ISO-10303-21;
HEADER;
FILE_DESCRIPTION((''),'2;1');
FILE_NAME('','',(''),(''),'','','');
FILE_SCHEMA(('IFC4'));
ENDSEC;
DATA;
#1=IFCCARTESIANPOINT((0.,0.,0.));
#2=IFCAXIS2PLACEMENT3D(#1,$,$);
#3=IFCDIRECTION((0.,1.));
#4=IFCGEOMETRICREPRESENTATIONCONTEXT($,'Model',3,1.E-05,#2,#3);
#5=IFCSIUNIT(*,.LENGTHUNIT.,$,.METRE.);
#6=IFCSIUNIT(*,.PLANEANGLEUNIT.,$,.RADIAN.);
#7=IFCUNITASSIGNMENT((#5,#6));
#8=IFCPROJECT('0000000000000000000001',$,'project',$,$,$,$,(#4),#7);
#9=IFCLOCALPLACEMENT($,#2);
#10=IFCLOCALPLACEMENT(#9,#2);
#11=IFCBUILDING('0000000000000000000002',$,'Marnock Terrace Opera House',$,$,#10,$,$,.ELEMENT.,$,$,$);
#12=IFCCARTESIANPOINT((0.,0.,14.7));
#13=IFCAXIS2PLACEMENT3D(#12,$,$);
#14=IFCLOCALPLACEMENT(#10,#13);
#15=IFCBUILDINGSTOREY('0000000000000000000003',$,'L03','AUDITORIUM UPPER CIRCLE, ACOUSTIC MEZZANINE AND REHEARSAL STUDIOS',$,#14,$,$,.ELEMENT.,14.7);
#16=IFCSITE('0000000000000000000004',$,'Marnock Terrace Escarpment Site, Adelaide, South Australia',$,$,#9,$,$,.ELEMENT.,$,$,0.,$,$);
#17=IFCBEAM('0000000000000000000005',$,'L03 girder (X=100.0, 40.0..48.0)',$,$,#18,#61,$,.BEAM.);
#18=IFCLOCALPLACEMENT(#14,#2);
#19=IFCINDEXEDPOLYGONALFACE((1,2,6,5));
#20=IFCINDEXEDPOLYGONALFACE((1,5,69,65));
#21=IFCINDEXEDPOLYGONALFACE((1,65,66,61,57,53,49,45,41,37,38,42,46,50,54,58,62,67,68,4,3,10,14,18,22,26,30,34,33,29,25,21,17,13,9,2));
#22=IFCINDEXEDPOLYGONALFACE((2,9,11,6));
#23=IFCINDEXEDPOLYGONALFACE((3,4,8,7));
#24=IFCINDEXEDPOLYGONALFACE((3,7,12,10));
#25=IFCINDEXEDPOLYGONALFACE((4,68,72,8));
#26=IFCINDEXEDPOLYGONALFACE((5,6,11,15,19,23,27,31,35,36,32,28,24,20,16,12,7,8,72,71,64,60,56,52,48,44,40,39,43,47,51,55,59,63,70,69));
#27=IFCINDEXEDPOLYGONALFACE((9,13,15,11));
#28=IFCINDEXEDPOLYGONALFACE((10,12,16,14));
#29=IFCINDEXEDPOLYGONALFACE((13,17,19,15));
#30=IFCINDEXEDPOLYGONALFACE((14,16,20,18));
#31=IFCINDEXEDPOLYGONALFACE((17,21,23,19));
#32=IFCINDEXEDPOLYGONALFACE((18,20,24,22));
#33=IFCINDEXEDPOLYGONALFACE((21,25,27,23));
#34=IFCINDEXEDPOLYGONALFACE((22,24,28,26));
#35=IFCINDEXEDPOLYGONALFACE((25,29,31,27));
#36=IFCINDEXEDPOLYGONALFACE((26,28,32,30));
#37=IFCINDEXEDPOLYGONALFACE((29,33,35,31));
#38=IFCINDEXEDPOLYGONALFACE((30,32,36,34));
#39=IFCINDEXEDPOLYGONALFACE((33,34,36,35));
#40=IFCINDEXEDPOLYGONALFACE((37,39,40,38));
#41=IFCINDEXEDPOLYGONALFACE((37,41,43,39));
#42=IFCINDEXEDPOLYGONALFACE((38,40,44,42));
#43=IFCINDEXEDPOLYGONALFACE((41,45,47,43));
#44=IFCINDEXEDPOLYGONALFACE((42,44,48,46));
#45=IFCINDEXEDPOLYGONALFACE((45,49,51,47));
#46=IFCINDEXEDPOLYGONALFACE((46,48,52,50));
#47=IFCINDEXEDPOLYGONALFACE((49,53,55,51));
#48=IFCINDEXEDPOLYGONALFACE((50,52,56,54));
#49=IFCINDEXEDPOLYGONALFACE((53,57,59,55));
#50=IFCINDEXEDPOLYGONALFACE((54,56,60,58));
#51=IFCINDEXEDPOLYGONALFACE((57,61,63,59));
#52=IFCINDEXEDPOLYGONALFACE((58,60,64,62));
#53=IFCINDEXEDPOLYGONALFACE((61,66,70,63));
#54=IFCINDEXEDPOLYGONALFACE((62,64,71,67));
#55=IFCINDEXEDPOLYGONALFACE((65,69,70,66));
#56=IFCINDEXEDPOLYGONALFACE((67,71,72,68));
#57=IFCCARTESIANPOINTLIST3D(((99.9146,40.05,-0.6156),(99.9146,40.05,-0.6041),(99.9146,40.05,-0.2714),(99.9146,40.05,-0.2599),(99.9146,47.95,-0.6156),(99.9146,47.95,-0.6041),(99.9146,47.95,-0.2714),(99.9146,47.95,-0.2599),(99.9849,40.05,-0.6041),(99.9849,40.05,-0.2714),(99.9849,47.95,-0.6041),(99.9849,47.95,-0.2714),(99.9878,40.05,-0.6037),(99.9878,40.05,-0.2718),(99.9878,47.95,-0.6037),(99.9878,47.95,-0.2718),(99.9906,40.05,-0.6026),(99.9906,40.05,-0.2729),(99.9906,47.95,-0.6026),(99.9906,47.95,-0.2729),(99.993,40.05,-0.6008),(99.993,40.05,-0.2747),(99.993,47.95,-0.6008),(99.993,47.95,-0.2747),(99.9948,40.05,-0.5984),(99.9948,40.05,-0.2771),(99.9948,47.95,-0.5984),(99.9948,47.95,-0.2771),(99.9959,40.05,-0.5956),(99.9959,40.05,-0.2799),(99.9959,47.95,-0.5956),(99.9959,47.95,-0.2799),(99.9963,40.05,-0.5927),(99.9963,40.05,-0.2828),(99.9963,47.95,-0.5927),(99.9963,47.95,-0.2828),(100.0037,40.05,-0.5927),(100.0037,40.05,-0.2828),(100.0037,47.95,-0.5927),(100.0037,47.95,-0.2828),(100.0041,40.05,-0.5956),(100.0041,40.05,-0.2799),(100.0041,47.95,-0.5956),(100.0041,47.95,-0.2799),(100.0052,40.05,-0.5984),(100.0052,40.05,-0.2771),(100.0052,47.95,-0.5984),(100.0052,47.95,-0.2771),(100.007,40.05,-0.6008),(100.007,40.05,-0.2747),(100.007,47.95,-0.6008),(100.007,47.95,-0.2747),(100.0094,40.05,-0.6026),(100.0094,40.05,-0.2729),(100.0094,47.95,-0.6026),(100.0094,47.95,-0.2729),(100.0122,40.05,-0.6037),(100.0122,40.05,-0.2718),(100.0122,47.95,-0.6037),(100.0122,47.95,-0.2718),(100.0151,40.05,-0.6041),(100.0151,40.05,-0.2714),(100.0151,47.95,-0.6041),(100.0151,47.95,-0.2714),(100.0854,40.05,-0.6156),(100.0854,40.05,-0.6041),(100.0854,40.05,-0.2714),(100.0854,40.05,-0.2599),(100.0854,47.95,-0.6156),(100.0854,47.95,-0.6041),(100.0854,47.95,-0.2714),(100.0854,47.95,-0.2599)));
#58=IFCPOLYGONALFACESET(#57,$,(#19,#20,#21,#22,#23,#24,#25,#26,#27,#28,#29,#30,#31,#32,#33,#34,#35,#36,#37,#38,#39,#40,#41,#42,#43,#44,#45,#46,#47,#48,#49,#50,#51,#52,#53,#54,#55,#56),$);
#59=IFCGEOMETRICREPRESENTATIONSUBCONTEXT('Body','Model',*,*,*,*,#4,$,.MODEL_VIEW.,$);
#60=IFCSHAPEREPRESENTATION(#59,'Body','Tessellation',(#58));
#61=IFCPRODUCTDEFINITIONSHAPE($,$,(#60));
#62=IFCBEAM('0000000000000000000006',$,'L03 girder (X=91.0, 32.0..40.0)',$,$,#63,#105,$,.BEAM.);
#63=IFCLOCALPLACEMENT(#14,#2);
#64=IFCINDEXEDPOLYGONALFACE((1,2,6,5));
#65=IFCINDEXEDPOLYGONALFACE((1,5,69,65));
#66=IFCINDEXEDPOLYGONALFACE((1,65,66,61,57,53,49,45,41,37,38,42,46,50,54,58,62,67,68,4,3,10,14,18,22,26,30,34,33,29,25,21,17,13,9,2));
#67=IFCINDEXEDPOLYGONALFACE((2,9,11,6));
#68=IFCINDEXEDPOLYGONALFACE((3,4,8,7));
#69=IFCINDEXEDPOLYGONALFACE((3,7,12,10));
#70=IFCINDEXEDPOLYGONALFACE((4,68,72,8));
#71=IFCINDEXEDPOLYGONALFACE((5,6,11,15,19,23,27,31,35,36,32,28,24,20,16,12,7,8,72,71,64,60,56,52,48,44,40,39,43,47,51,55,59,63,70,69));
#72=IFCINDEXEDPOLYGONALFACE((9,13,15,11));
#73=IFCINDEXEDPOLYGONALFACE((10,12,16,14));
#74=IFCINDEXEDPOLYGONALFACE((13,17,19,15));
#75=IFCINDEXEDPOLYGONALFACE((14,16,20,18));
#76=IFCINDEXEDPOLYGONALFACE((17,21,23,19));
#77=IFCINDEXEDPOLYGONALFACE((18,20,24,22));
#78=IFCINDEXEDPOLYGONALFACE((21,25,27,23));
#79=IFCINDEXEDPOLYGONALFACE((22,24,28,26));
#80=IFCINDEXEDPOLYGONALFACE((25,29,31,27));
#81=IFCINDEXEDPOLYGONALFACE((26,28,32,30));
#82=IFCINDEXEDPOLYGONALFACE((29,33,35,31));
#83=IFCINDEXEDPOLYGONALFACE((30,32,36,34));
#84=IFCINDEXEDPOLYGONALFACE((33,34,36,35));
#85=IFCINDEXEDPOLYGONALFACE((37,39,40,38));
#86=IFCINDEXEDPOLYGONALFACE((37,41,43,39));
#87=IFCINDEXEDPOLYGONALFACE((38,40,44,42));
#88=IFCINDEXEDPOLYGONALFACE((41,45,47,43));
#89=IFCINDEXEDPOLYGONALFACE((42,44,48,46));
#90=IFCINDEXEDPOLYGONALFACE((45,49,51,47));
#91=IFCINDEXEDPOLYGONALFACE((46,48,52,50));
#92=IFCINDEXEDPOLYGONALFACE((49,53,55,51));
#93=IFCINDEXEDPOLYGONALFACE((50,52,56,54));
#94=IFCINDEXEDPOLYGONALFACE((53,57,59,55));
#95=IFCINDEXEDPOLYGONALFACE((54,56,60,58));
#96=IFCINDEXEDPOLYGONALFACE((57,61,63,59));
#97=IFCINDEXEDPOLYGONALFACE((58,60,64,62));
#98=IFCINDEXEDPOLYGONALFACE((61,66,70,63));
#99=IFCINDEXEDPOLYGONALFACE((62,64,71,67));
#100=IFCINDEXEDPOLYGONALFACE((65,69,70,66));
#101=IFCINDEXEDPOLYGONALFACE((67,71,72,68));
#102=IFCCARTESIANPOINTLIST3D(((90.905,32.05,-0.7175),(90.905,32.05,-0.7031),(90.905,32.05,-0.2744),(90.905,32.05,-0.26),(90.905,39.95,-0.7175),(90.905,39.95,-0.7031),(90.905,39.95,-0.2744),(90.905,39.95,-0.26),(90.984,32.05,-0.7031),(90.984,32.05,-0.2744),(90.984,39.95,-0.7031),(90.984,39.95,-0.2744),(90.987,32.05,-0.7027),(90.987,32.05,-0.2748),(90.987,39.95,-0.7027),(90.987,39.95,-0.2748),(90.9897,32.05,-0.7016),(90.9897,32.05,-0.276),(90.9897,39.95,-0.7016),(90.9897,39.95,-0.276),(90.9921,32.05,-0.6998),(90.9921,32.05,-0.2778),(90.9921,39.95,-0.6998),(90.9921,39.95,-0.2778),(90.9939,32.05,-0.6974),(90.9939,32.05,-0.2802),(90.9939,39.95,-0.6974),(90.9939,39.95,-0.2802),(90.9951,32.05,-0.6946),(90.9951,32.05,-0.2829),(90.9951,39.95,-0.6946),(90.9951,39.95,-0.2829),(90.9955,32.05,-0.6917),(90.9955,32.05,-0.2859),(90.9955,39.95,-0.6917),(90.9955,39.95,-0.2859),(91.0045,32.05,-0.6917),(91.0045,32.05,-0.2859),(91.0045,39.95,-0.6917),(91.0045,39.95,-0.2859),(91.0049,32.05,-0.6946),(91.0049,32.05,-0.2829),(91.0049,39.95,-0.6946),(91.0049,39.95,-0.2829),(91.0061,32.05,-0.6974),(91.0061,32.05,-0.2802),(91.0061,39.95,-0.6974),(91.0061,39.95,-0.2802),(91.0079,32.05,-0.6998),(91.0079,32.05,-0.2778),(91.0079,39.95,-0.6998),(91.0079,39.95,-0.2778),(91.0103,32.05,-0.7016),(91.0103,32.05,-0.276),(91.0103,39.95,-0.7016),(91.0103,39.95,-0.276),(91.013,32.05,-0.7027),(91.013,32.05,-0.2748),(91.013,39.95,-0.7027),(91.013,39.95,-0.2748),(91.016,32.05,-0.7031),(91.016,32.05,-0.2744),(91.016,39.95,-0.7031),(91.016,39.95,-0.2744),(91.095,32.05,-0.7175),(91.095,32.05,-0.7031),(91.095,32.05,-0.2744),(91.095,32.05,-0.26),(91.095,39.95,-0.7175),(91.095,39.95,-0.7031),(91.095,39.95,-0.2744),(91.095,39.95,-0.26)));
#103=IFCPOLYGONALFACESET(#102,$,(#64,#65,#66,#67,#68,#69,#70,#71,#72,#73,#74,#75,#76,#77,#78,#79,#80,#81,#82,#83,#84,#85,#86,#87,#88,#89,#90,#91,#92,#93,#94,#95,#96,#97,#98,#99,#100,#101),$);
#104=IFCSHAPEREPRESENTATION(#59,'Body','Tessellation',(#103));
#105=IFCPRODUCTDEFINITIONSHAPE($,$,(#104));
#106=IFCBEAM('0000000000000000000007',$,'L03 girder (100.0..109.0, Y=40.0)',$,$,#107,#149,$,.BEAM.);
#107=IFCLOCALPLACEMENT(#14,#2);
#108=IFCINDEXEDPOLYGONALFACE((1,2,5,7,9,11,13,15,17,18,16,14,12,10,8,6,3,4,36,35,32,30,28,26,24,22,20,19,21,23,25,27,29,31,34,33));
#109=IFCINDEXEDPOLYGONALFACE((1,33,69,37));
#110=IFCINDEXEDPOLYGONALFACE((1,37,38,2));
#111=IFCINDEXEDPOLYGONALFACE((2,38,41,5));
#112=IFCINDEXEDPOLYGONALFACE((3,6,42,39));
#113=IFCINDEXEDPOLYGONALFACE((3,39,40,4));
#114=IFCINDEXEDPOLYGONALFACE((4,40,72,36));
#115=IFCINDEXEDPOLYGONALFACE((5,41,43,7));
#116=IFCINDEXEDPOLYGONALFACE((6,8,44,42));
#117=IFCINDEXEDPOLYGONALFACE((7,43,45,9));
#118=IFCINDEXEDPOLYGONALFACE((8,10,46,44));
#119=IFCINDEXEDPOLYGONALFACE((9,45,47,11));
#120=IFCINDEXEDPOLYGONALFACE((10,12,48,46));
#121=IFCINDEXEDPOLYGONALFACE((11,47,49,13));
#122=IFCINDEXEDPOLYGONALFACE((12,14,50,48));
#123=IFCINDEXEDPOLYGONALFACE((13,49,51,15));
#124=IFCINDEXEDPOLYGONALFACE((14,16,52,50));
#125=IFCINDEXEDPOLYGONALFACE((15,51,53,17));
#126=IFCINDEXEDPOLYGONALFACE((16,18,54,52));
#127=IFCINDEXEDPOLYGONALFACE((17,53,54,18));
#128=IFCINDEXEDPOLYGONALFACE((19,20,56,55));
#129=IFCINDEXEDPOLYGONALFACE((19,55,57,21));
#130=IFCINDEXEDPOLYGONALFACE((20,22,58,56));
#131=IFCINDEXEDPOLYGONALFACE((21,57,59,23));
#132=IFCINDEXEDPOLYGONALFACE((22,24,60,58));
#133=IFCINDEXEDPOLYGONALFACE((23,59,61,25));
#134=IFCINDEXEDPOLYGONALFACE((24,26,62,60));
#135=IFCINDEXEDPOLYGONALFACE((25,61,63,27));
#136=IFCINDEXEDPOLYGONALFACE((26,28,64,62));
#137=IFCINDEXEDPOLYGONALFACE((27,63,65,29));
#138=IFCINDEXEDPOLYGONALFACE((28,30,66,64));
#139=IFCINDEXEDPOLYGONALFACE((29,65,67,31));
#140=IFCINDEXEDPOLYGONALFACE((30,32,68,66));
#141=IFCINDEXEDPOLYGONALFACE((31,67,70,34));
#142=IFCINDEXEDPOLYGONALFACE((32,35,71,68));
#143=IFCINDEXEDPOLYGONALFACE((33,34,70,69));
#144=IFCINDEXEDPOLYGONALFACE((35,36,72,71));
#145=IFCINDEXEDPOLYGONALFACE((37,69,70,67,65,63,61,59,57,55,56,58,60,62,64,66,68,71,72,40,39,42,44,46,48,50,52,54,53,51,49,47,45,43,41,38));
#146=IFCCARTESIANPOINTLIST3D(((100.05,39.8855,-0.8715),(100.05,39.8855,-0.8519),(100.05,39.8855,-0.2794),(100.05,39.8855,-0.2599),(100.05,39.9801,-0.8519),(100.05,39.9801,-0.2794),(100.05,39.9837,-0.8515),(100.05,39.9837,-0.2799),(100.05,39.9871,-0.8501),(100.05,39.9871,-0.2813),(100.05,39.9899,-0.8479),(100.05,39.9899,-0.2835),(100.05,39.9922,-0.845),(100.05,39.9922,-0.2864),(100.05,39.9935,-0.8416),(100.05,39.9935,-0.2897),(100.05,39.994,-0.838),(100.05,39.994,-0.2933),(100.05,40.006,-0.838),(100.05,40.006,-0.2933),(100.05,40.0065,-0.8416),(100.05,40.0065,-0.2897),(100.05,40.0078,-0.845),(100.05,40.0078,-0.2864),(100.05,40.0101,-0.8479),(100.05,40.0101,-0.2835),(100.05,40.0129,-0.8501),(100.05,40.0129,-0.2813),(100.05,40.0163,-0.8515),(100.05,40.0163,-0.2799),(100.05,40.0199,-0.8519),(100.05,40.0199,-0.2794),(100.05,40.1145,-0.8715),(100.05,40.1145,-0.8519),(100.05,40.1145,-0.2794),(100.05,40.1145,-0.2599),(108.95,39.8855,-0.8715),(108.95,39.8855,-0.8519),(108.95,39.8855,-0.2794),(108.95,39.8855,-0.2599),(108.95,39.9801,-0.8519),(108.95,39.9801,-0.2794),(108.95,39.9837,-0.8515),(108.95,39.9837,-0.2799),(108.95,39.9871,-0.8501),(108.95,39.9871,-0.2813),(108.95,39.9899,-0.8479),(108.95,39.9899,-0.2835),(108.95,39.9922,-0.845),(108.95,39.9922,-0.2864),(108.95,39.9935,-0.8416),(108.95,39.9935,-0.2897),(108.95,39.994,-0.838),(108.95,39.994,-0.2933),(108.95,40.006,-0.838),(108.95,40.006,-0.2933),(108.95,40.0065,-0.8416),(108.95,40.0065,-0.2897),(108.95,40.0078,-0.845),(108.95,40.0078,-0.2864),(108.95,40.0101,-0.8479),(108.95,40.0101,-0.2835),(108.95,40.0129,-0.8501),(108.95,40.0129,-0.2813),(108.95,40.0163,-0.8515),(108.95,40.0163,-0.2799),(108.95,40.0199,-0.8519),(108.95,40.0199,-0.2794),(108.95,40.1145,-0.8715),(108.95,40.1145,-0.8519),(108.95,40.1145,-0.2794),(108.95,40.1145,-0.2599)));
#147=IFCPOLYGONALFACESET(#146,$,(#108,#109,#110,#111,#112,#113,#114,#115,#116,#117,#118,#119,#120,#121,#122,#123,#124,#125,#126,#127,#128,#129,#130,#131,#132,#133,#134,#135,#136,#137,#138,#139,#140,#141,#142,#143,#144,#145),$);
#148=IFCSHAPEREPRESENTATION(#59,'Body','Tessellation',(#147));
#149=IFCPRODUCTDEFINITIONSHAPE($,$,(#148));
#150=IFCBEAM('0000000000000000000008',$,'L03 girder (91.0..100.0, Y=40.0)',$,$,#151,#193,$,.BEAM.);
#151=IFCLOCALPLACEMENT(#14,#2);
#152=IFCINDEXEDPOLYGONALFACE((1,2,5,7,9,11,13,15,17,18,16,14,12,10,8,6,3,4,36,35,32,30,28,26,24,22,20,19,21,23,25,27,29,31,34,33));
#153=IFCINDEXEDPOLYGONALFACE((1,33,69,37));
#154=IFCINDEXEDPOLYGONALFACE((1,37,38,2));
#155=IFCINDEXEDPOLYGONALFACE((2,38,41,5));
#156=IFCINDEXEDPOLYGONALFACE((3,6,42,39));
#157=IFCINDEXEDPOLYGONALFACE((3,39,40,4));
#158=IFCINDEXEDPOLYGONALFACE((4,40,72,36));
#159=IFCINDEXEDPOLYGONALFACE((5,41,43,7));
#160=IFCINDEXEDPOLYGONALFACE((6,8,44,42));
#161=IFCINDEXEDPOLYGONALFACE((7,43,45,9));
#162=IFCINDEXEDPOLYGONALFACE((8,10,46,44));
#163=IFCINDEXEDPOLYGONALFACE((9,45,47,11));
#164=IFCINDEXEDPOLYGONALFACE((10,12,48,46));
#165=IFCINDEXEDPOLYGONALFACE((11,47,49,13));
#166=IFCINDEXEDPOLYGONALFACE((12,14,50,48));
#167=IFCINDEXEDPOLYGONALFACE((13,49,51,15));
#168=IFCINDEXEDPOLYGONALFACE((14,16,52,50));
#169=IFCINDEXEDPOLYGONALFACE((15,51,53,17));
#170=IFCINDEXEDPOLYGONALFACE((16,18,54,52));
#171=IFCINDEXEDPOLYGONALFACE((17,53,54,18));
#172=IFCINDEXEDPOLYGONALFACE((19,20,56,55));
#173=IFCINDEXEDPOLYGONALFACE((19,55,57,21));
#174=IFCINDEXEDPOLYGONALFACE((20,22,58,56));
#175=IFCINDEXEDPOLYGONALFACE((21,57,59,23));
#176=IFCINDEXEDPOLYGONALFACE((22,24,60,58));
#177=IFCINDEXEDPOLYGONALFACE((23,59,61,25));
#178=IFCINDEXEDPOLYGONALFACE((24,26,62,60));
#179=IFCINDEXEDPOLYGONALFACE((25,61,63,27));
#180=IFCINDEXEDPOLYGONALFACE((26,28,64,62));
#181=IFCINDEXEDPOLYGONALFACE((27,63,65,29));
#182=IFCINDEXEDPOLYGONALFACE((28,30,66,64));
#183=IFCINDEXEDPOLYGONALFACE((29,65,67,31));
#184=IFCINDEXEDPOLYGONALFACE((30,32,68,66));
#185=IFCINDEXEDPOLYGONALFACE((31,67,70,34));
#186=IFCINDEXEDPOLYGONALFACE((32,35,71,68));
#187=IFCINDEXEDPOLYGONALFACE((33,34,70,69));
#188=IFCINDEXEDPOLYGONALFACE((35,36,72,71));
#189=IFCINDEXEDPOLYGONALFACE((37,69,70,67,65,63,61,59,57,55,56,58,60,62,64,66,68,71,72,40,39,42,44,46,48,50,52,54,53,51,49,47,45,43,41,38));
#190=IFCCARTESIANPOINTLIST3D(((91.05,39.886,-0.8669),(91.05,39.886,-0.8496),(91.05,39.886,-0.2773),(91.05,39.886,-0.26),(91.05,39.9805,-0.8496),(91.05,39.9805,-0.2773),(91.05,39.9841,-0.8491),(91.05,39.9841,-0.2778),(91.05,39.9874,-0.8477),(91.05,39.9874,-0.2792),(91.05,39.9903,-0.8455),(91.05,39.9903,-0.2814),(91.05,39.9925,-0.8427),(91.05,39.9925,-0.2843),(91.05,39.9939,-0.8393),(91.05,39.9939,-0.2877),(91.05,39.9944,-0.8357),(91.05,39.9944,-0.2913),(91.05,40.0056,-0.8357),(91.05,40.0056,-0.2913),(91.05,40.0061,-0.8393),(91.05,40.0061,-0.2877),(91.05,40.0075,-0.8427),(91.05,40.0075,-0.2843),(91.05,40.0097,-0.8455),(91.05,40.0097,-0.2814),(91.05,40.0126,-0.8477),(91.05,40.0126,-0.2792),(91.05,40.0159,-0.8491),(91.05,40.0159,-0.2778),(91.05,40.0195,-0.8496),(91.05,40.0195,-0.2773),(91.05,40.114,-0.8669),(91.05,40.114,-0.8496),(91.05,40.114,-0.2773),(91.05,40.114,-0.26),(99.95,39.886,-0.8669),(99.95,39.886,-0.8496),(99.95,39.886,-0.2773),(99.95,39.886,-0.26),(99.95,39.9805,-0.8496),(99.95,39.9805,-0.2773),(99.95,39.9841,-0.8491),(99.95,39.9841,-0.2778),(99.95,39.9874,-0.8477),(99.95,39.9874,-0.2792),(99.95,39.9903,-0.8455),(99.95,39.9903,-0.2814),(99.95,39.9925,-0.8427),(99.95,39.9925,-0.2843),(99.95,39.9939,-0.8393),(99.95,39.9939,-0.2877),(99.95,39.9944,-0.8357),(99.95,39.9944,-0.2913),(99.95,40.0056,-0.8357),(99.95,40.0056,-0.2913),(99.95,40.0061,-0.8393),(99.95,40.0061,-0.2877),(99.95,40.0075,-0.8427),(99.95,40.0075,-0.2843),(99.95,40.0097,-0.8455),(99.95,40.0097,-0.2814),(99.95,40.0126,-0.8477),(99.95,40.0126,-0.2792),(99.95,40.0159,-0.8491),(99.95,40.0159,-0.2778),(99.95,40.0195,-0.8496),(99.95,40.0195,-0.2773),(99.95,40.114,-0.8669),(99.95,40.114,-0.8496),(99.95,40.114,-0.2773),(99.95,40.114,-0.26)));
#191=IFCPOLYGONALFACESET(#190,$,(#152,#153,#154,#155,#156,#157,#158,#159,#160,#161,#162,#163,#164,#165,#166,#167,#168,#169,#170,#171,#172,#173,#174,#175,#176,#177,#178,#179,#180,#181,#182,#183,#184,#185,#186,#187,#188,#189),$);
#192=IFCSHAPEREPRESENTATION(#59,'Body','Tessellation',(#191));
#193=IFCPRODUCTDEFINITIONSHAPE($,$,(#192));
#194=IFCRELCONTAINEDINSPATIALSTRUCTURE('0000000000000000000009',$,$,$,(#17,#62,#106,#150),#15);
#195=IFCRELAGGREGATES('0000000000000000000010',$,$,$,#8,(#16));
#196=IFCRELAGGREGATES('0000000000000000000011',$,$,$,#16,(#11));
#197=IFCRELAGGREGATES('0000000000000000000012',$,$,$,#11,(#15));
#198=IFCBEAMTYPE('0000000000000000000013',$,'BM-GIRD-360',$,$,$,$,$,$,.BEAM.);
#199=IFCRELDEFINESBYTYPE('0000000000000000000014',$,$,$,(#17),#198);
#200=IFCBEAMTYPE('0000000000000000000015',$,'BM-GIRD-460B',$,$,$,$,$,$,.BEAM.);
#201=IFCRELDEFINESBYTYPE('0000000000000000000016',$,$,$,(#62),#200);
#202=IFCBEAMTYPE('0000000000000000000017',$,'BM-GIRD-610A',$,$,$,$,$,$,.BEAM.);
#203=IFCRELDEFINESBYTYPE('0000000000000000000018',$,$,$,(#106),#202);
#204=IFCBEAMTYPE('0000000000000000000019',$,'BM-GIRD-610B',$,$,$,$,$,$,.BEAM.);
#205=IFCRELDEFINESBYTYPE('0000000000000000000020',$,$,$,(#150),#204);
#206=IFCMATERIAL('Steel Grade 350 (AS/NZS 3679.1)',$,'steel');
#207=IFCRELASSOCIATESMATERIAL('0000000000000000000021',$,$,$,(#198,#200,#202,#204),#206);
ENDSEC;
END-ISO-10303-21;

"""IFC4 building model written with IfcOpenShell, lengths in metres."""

from ifc_helpers import new_model, si_unit, direction, frame, origin, origin_2d, place, context, subcontext, project, spatial, i_section, extrude, material, material_profile, profile_set, type_object, element, save


model = new_model("IFC4")

# Units and contexts
model_context = context("Model", 3, precision=1e-05, world=origin(), true_north=direction((0.0, 1.0)))
body_context = subcontext(model_context, "Body", "Model", "MODEL_VIEW")
ifc_project = project(units=[si_unit("LENGTHUNIT", "METRE"), si_unit("PLANEANGLEUNIT", "RADIAN")], contexts=[model_context])

# Site, building, storey
site_placement = place(None, origin())
site = spatial("IfcSite", under=ifc_project, at=site_placement, Name="Marnock Terrace Escarpment Site, Adelaide, South Australia", CompositionType="ELEMENT", RefElevation=0.0)
building_placement = place(site_placement, origin())
building = spatial("IfcBuilding", under=site, at=building_placement, Name="Marnock Terrace Opera House", CompositionType="ELEMENT")
storey_placement = place(building_placement, frame((0.0, 0.0, 14.7)))
storey = spatial("IfcBuildingStorey", under=building, at=storey_placement, Name="L03", Description="AUDITORIUM UPPER CIRCLE, ACOUSTIC MEZZANINE AND REHEARSAL STUDIOS", CompositionType="ELEMENT", Elevation=14.7)

# Beams
ifc_material_1 = material(Name="Steel Grade 350 (AS/NZS 3679.1)", Category="steel")
ifc_material_profile_1 = material_profile(ifc_material_1, i_section(OverallWidth=0.1709, OverallDepth=0.3557, WebThickness=0.0073, FlangeThickness=0.0115, FilletRadius=0.0115, at=origin_2d()))
ifc_profile_set_1 = profile_set([ifc_material_profile_1], Name="Steel Grade 350 (AS/NZS 3679.1)")
beam_type_1 = type_object("IfcBeamType", Name="BM-GIRD-360", PredefinedType="BEAM", material=ifc_profile_set_1)
beam_1_placement = place(storey_placement, frame((100.0, 40.05, -0.4377), z_axis=(0.0, 1.0, 0.0), x_axis=(-1.0, 0.0, 0.0)))
element("IfcBeam", 1, at=beam_1_placement, inside=storey, type_object=beam_type_1, Name="L03 girder (X=100.0, 40.0..48.0)", PredefinedType="BEAM", context=body_context, shape_type="SweptSolid", body=[
    extrude(i_section(OverallWidth=0.1709, OverallDepth=0.3557, WebThickness=0.0073, FlangeThickness=0.0115, FilletRadius=0.0115, at=origin_2d()), origin(), (0.0, 0.0, 1.0), 7.8999),
])
ifc_material_profile_2 = material_profile(ifc_material_1, i_section(OverallWidth=0.1899, OverallDepth=0.4575, WebThickness=0.009, FlangeThickness=0.0144, FilletRadius=0.0115, at=origin_2d()))
ifc_profile_set_2 = profile_set([ifc_material_profile_2], Name="Steel Grade 350 (AS/NZS 3679.1)")
beam_type_2 = type_object("IfcBeamType", Name="BM-GIRD-460B", PredefinedType="BEAM", material=ifc_profile_set_2)
beam_2_placement = place(storey_placement, frame((91.0, 32.05, -0.4888), z_axis=(0.0, 1.0, 0.0), x_axis=(-1.0, 0.0, 0.0)))
element("IfcBeam", 2, at=beam_2_placement, inside=storey, type_object=beam_type_2, Name="L03 girder (X=91.0, 32.0..40.0)", PredefinedType="BEAM", context=body_context, shape_type="SweptSolid", body=[
    extrude(i_section(OverallWidth=0.1899, OverallDepth=0.4575, WebThickness=0.009, FlangeThickness=0.0144, FilletRadius=0.0115, at=origin_2d()), origin(), (0.0, 0.0, 1.0), 7.8999),
])
ifc_material_profile_3 = material_profile(ifc_material_1, i_section(OverallWidth=0.229, OverallDepth=0.6116, WebThickness=0.012, FlangeThickness=0.0195, FilletRadius=0.0139, at=origin_2d()))
ifc_profile_set_3 = profile_set([ifc_material_profile_3], Name="Steel Grade 350 (AS/NZS 3679.1)")
beam_type_3 = type_object("IfcBeamType", Name="BM-GIRD-610A", PredefinedType="BEAM", material=ifc_profile_set_3)
beam_3_placement = place(storey_placement, frame((100.05, 40.0, -0.5657), z_axis=(1.0, 0.0, 0.0), x_axis=(0.0, 1.0, 0.0)))
element("IfcBeam", 3, at=beam_3_placement, inside=storey, type_object=beam_type_3, Name="L03 girder (100.0..109.0, Y=40.0)", PredefinedType="BEAM", context=body_context, shape_type="SweptSolid", body=[
    extrude(i_section(OverallWidth=0.229, OverallDepth=0.6116, WebThickness=0.012, FlangeThickness=0.0195, FilletRadius=0.0139, at=origin_2d()), origin(), (0.0, 0.0, 1.0), 8.8999),
])
ifc_material_profile_4 = material_profile(ifc_material_1, i_section(OverallWidth=0.228, OverallDepth=0.6069, WebThickness=0.0112, FlangeThickness=0.0173, FilletRadius=0.0139, at=origin_2d()))
ifc_profile_set_4 = profile_set([ifc_material_profile_4], Name="Steel Grade 350 (AS/NZS 3679.1)")
beam_type_4 = type_object("IfcBeamType", Name="BM-GIRD-610B", PredefinedType="BEAM", material=ifc_profile_set_4)
beam_4_placement = place(storey_placement, frame((91.05, 40.0, -0.5635), z_axis=(1.0, 0.0, 0.0), x_axis=(0.0, 1.0, 0.0)))
element("IfcBeam", 4, at=beam_4_placement, inside=storey, type_object=beam_type_4, Name="L03 girder (91.0..100.0, Y=40.0)", PredefinedType="BEAM", context=body_context, shape_type="SweptSolid", body=[
    extrude(i_section(OverallWidth=0.228, OverallDepth=0.6069, WebThickness=0.0112, FlangeThickness=0.0173, FilletRadius=0.0139, at=origin_2d()), origin(), (0.0, 0.0, 1.0), 8.8999),
])

save(model, "model.ifc")
